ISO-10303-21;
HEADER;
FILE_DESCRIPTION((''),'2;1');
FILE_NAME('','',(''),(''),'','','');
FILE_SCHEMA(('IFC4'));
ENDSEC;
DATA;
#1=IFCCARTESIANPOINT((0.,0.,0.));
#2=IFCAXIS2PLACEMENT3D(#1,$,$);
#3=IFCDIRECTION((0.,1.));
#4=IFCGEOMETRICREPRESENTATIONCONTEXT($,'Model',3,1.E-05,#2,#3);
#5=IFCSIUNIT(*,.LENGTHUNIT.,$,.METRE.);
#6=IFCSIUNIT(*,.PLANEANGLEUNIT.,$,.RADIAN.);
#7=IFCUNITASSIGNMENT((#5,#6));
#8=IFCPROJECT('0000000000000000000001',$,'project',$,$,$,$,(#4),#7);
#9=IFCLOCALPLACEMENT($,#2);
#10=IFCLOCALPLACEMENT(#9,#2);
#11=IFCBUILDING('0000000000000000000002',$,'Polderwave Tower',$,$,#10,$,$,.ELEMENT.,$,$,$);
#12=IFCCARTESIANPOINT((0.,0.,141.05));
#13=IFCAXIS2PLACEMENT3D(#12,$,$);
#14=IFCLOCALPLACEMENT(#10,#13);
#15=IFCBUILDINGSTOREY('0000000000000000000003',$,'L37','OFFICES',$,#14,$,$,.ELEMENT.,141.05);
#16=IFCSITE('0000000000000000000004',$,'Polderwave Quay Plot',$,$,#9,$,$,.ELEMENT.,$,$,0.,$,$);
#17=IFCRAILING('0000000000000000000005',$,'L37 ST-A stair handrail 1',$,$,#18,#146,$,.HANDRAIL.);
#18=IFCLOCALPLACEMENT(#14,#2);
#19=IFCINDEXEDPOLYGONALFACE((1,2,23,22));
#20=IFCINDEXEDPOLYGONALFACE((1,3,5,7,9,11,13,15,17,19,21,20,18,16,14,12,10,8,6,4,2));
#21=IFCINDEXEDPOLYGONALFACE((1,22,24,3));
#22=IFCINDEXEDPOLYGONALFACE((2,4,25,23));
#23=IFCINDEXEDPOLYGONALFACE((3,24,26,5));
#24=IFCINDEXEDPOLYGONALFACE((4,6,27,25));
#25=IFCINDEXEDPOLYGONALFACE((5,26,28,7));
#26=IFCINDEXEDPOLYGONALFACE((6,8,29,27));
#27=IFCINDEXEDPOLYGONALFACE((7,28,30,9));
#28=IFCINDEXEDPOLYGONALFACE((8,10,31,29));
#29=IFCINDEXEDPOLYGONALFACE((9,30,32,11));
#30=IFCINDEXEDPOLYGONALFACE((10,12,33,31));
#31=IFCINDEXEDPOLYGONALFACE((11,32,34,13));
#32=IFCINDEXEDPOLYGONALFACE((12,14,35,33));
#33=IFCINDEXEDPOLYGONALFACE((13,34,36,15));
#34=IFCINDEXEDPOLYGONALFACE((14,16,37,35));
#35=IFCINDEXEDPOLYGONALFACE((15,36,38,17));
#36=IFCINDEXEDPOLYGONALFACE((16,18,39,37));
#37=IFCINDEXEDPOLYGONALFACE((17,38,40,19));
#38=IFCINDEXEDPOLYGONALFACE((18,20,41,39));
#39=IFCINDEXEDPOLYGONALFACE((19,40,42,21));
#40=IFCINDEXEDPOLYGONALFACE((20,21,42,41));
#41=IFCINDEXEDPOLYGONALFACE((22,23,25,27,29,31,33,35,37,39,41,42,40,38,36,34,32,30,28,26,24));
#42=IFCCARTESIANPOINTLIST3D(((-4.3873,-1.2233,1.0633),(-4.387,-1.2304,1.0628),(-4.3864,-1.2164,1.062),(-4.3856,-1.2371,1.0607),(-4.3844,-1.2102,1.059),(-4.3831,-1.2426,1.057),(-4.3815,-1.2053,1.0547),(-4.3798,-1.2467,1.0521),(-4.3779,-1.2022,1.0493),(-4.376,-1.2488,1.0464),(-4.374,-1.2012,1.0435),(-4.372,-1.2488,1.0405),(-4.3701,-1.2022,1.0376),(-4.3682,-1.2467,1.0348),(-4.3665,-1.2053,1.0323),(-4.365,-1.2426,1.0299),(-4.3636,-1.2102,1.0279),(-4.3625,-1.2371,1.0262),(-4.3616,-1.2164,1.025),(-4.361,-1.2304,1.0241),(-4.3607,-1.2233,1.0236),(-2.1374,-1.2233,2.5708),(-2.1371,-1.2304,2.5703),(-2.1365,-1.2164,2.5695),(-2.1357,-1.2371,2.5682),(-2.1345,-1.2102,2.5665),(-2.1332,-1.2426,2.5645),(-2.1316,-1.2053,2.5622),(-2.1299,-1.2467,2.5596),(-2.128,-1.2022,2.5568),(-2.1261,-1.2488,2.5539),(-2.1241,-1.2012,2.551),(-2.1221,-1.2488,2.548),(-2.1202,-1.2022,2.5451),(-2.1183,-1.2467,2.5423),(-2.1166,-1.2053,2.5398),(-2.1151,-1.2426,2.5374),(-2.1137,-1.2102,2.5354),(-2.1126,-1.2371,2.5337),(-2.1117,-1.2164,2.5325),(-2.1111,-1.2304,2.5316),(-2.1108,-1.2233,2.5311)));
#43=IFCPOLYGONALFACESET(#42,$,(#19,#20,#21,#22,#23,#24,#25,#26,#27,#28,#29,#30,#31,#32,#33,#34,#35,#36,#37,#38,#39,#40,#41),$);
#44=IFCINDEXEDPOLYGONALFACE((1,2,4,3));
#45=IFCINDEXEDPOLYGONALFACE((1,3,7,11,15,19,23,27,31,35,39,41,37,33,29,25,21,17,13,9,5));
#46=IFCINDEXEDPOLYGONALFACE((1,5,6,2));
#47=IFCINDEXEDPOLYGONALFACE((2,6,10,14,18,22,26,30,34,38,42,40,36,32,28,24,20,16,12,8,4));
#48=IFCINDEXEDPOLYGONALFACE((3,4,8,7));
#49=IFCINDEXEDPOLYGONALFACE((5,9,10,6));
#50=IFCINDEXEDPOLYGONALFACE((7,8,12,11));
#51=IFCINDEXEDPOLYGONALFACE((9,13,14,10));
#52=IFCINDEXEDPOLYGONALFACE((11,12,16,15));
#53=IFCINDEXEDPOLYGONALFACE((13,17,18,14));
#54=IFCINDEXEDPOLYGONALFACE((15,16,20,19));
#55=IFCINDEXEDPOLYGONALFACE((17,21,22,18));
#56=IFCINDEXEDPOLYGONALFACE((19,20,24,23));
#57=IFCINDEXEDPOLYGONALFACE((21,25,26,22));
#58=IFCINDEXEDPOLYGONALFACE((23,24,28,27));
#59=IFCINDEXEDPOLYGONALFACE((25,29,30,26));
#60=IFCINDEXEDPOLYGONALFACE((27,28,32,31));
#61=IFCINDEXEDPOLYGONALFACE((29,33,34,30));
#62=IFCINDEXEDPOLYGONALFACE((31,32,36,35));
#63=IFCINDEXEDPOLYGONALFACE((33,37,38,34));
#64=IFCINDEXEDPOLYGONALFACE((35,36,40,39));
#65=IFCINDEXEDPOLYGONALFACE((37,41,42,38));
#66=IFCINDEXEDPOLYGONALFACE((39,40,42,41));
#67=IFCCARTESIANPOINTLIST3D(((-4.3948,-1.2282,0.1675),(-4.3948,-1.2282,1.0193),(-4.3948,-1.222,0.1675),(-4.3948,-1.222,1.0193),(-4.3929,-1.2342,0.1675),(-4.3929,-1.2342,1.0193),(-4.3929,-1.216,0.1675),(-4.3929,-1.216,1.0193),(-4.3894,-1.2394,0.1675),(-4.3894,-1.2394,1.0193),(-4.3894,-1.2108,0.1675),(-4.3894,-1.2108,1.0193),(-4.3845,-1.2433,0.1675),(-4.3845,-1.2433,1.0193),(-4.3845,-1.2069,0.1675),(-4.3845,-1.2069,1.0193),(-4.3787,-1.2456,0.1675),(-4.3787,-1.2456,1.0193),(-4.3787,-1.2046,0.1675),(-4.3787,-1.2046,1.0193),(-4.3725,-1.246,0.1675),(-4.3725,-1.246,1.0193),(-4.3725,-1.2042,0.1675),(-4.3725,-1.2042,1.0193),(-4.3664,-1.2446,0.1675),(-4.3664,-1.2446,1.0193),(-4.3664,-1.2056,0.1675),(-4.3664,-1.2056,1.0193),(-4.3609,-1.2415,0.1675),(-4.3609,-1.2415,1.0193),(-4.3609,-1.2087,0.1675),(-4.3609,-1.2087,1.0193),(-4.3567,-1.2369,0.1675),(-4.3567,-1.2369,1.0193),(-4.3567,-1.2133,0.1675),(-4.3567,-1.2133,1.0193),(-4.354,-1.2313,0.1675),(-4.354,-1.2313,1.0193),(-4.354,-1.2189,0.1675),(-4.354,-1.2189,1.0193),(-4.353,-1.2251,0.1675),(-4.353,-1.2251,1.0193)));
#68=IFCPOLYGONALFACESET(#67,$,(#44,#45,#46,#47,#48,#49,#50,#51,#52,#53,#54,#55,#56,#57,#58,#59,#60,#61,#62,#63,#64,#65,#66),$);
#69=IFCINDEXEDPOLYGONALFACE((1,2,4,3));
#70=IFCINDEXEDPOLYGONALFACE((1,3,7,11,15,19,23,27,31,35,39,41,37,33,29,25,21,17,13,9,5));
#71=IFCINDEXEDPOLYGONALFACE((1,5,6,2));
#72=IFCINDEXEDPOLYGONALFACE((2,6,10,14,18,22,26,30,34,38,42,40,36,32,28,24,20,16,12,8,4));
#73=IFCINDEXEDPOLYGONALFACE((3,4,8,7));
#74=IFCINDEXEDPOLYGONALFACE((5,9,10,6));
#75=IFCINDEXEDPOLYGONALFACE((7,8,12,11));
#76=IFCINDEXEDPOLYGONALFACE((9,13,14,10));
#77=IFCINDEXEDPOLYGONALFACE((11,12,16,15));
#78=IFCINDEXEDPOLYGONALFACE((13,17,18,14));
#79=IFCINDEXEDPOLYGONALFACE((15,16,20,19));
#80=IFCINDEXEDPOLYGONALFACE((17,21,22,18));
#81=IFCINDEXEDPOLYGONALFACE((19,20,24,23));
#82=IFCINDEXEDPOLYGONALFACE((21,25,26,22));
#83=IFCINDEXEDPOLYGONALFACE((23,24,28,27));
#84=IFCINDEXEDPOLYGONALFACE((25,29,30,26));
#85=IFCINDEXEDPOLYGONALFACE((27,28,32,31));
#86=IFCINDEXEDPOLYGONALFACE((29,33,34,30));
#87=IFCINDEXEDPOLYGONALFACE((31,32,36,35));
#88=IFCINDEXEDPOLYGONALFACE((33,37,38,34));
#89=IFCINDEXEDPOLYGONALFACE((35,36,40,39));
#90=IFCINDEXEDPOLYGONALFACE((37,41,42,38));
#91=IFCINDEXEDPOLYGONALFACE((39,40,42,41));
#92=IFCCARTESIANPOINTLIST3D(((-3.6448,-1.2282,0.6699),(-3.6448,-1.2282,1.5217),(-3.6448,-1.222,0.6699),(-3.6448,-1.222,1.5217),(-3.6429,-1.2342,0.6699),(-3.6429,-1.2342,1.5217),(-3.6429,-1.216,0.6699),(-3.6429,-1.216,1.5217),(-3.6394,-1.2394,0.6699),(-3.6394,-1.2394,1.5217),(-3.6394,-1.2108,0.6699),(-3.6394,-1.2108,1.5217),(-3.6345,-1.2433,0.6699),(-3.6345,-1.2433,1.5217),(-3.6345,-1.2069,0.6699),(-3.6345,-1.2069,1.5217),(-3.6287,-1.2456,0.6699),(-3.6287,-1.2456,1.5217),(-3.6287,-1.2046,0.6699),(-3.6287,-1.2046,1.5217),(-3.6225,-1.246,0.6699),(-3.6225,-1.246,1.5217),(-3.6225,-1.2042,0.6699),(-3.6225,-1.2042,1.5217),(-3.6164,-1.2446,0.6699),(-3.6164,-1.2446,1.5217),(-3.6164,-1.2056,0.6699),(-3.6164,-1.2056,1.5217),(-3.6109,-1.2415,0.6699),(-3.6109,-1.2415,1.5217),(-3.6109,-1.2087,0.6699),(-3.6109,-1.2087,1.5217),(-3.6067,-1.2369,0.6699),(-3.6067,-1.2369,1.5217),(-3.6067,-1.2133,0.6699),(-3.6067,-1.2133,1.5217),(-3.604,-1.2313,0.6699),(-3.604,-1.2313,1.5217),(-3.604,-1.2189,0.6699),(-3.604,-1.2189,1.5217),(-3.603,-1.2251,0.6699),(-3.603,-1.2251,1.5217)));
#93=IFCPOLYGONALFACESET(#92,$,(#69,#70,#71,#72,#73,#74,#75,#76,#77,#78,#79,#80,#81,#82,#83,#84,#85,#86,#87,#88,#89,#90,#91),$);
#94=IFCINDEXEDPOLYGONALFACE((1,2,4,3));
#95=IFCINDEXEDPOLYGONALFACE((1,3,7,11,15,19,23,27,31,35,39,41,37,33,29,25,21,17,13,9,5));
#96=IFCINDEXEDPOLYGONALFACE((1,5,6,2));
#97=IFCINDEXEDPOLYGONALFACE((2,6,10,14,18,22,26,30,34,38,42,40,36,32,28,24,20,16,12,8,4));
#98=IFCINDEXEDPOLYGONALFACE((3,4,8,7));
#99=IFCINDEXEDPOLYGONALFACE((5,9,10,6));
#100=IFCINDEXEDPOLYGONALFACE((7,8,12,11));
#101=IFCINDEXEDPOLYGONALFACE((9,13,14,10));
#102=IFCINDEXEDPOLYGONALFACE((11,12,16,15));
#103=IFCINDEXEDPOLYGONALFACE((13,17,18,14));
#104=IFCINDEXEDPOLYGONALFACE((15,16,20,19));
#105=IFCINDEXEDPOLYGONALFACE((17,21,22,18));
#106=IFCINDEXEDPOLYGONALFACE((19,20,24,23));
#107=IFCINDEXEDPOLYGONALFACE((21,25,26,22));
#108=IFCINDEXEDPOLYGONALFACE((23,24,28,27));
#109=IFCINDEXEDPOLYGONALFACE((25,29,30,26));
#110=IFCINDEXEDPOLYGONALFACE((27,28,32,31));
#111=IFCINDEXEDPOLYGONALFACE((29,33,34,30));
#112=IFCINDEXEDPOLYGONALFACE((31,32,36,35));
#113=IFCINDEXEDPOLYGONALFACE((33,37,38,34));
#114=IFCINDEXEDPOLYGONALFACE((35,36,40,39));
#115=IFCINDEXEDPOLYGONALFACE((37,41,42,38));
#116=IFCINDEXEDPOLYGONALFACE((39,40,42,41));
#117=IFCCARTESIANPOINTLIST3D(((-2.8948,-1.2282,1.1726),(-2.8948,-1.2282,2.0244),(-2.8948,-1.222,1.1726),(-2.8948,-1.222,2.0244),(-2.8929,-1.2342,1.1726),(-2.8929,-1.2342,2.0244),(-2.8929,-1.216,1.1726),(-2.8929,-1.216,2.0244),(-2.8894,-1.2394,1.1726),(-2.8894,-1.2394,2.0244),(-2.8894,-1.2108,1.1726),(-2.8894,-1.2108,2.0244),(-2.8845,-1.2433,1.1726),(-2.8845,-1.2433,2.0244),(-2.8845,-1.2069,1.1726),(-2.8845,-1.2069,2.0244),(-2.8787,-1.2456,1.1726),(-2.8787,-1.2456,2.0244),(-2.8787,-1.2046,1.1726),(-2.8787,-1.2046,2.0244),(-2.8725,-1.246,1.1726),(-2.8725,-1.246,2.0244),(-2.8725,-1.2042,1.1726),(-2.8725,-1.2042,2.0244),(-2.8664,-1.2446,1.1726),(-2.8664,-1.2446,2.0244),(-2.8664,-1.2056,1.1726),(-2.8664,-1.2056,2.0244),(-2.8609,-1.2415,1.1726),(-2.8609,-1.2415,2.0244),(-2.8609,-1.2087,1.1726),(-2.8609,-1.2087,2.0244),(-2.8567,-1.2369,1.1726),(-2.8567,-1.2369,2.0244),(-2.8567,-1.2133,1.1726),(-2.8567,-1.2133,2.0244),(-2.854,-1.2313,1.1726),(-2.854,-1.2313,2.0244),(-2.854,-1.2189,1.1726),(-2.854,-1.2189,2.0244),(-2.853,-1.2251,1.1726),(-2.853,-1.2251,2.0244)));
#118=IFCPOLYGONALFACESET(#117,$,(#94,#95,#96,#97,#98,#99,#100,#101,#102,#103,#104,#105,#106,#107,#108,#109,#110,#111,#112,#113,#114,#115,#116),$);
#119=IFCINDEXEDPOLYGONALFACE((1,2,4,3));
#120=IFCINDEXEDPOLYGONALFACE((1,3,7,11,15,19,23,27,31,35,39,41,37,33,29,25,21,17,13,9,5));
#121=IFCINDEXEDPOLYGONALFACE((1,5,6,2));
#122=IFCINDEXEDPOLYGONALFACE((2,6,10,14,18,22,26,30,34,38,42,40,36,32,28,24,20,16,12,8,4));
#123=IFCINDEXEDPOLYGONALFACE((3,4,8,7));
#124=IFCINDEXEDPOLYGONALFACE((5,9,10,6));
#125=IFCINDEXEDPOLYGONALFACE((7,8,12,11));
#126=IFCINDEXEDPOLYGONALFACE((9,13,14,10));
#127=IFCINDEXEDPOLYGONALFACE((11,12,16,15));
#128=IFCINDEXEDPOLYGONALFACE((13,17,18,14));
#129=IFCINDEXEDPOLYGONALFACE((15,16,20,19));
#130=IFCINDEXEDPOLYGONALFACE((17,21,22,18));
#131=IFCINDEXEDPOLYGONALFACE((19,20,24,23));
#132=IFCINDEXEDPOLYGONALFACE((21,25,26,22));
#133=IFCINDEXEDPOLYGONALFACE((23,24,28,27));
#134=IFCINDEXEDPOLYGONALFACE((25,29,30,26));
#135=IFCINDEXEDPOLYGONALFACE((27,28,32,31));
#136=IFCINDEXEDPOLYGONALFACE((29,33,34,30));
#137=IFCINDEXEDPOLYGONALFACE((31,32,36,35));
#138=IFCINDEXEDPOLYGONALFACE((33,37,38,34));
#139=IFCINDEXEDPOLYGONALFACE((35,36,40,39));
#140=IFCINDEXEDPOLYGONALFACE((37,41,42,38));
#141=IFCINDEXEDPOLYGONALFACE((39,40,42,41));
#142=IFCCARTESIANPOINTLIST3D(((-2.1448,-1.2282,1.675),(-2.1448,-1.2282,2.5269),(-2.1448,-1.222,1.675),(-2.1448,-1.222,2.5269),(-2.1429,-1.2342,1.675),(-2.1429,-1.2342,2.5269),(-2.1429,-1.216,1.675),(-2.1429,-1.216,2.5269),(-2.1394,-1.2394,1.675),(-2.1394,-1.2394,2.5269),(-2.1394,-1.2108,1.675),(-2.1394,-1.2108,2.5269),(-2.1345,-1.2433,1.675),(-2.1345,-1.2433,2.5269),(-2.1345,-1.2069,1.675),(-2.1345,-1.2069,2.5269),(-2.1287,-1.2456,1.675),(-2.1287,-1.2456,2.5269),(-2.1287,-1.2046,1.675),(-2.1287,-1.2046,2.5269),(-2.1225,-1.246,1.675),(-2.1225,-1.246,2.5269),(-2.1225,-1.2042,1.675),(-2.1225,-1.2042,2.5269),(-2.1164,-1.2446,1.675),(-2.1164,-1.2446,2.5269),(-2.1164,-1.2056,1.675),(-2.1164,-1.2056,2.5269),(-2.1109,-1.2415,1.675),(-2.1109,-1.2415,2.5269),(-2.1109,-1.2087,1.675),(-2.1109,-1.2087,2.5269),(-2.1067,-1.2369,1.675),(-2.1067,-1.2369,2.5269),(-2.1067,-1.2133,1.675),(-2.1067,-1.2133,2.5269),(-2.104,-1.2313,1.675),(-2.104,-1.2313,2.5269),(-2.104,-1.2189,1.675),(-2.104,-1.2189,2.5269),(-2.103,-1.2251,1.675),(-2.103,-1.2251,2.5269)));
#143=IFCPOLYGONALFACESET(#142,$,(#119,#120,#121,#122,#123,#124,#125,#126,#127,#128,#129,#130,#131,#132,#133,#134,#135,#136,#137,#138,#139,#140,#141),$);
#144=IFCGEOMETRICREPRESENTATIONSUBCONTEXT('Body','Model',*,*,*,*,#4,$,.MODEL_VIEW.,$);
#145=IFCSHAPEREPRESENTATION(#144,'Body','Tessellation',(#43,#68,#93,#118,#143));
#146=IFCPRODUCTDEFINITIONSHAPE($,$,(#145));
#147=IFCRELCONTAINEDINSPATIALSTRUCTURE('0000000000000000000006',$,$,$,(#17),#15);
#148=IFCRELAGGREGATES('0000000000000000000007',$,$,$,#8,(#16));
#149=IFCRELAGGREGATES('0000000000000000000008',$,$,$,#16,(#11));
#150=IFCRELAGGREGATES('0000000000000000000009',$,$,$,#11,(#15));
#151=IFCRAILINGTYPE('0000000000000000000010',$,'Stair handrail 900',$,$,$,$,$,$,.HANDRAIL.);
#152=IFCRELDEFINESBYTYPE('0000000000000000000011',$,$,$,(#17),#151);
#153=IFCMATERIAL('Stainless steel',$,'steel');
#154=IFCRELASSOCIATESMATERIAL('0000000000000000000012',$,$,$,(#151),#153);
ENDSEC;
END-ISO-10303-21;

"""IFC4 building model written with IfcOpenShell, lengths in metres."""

from ifc_helpers import new_model, si_unit, direction, frame, origin, origin_2d, place, context, subcontext, project, spatial, circle, extrude, material, type_object, element, save


model = new_model("IFC4")

# Units and contexts
model_context = context("Model", 3, precision=1e-05, world=origin(), true_north=direction((0.0, 1.0)))
body_context = subcontext(model_context, "Body", "Model", "MODEL_VIEW")
ifc_project = project(units=[si_unit("LENGTHUNIT", "METRE"), si_unit("PLANEANGLEUNIT", "RADIAN")], contexts=[model_context])

# Site, building, storey
site_placement = place(None, origin())
site = spatial("IfcSite", under=ifc_project, at=site_placement, Name="Polderwave Quay Plot", CompositionType="ELEMENT", RefElevation=0.0)
building_placement = place(site_placement, origin())
building = spatial("IfcBuilding", under=site, at=building_placement, Name="Polderwave Tower", CompositionType="ELEMENT")
storey_placement = place(building_placement, frame((0.0, 0.0, 141.05)))
storey = spatial("IfcBuildingStorey", under=building, at=storey_placement, Name="L37", Description="OFFICES", CompositionType="ELEMENT", Elevation=141.05)

# Railing
ifc_material_1 = material(Name="Stainless steel", Category="steel")
railing_type_1 = type_object("IfcRailingType", Name="Stair handrail 900", PredefinedType="HANDRAIL", material=ifc_material_1)
railing_1_placement = place(storey_placement, frame((-4.374, -1.2251, 0.1675)))
element("IfcRailing", 1, at=railing_1_placement, inside=storey, type_object=railing_type_1, Name="L37 ST-A stair handrail 1", PredefinedType="HANDRAIL", context=body_context, shape_type="SweptSolid", body=[
    extrude(circle(Radius=0.0239, at=origin_2d()), frame((0.0, 0.0, 0.876), z_axis=(0.830758, 0.0, 0.556633), x_axis=(0.0, 1.0, 0.0)), (0.0, 0.0, 1.0), 2.7083),
    extrude(circle(Radius=0.021, at=origin_2d()), origin(), (0.0, 0.0, 1.0), 0.8518),
    extrude(circle(Radius=0.021, at=origin_2d()), frame((0.75, 0.0, 0.5024)), (0.0, 0.0, 1.0), 0.8518),
    extrude(circle(Radius=0.021, at=origin_2d()), frame((1.5, 0.0, 1.0051)), (0.0, 0.0, 1.0), 0.8518),
    extrude(circle(Radius=0.021, at=origin_2d()), frame((2.25, 0.0, 1.5076)), (0.0, 0.0, 1.0), 0.8518),
])

save(model, "model.ifc")
